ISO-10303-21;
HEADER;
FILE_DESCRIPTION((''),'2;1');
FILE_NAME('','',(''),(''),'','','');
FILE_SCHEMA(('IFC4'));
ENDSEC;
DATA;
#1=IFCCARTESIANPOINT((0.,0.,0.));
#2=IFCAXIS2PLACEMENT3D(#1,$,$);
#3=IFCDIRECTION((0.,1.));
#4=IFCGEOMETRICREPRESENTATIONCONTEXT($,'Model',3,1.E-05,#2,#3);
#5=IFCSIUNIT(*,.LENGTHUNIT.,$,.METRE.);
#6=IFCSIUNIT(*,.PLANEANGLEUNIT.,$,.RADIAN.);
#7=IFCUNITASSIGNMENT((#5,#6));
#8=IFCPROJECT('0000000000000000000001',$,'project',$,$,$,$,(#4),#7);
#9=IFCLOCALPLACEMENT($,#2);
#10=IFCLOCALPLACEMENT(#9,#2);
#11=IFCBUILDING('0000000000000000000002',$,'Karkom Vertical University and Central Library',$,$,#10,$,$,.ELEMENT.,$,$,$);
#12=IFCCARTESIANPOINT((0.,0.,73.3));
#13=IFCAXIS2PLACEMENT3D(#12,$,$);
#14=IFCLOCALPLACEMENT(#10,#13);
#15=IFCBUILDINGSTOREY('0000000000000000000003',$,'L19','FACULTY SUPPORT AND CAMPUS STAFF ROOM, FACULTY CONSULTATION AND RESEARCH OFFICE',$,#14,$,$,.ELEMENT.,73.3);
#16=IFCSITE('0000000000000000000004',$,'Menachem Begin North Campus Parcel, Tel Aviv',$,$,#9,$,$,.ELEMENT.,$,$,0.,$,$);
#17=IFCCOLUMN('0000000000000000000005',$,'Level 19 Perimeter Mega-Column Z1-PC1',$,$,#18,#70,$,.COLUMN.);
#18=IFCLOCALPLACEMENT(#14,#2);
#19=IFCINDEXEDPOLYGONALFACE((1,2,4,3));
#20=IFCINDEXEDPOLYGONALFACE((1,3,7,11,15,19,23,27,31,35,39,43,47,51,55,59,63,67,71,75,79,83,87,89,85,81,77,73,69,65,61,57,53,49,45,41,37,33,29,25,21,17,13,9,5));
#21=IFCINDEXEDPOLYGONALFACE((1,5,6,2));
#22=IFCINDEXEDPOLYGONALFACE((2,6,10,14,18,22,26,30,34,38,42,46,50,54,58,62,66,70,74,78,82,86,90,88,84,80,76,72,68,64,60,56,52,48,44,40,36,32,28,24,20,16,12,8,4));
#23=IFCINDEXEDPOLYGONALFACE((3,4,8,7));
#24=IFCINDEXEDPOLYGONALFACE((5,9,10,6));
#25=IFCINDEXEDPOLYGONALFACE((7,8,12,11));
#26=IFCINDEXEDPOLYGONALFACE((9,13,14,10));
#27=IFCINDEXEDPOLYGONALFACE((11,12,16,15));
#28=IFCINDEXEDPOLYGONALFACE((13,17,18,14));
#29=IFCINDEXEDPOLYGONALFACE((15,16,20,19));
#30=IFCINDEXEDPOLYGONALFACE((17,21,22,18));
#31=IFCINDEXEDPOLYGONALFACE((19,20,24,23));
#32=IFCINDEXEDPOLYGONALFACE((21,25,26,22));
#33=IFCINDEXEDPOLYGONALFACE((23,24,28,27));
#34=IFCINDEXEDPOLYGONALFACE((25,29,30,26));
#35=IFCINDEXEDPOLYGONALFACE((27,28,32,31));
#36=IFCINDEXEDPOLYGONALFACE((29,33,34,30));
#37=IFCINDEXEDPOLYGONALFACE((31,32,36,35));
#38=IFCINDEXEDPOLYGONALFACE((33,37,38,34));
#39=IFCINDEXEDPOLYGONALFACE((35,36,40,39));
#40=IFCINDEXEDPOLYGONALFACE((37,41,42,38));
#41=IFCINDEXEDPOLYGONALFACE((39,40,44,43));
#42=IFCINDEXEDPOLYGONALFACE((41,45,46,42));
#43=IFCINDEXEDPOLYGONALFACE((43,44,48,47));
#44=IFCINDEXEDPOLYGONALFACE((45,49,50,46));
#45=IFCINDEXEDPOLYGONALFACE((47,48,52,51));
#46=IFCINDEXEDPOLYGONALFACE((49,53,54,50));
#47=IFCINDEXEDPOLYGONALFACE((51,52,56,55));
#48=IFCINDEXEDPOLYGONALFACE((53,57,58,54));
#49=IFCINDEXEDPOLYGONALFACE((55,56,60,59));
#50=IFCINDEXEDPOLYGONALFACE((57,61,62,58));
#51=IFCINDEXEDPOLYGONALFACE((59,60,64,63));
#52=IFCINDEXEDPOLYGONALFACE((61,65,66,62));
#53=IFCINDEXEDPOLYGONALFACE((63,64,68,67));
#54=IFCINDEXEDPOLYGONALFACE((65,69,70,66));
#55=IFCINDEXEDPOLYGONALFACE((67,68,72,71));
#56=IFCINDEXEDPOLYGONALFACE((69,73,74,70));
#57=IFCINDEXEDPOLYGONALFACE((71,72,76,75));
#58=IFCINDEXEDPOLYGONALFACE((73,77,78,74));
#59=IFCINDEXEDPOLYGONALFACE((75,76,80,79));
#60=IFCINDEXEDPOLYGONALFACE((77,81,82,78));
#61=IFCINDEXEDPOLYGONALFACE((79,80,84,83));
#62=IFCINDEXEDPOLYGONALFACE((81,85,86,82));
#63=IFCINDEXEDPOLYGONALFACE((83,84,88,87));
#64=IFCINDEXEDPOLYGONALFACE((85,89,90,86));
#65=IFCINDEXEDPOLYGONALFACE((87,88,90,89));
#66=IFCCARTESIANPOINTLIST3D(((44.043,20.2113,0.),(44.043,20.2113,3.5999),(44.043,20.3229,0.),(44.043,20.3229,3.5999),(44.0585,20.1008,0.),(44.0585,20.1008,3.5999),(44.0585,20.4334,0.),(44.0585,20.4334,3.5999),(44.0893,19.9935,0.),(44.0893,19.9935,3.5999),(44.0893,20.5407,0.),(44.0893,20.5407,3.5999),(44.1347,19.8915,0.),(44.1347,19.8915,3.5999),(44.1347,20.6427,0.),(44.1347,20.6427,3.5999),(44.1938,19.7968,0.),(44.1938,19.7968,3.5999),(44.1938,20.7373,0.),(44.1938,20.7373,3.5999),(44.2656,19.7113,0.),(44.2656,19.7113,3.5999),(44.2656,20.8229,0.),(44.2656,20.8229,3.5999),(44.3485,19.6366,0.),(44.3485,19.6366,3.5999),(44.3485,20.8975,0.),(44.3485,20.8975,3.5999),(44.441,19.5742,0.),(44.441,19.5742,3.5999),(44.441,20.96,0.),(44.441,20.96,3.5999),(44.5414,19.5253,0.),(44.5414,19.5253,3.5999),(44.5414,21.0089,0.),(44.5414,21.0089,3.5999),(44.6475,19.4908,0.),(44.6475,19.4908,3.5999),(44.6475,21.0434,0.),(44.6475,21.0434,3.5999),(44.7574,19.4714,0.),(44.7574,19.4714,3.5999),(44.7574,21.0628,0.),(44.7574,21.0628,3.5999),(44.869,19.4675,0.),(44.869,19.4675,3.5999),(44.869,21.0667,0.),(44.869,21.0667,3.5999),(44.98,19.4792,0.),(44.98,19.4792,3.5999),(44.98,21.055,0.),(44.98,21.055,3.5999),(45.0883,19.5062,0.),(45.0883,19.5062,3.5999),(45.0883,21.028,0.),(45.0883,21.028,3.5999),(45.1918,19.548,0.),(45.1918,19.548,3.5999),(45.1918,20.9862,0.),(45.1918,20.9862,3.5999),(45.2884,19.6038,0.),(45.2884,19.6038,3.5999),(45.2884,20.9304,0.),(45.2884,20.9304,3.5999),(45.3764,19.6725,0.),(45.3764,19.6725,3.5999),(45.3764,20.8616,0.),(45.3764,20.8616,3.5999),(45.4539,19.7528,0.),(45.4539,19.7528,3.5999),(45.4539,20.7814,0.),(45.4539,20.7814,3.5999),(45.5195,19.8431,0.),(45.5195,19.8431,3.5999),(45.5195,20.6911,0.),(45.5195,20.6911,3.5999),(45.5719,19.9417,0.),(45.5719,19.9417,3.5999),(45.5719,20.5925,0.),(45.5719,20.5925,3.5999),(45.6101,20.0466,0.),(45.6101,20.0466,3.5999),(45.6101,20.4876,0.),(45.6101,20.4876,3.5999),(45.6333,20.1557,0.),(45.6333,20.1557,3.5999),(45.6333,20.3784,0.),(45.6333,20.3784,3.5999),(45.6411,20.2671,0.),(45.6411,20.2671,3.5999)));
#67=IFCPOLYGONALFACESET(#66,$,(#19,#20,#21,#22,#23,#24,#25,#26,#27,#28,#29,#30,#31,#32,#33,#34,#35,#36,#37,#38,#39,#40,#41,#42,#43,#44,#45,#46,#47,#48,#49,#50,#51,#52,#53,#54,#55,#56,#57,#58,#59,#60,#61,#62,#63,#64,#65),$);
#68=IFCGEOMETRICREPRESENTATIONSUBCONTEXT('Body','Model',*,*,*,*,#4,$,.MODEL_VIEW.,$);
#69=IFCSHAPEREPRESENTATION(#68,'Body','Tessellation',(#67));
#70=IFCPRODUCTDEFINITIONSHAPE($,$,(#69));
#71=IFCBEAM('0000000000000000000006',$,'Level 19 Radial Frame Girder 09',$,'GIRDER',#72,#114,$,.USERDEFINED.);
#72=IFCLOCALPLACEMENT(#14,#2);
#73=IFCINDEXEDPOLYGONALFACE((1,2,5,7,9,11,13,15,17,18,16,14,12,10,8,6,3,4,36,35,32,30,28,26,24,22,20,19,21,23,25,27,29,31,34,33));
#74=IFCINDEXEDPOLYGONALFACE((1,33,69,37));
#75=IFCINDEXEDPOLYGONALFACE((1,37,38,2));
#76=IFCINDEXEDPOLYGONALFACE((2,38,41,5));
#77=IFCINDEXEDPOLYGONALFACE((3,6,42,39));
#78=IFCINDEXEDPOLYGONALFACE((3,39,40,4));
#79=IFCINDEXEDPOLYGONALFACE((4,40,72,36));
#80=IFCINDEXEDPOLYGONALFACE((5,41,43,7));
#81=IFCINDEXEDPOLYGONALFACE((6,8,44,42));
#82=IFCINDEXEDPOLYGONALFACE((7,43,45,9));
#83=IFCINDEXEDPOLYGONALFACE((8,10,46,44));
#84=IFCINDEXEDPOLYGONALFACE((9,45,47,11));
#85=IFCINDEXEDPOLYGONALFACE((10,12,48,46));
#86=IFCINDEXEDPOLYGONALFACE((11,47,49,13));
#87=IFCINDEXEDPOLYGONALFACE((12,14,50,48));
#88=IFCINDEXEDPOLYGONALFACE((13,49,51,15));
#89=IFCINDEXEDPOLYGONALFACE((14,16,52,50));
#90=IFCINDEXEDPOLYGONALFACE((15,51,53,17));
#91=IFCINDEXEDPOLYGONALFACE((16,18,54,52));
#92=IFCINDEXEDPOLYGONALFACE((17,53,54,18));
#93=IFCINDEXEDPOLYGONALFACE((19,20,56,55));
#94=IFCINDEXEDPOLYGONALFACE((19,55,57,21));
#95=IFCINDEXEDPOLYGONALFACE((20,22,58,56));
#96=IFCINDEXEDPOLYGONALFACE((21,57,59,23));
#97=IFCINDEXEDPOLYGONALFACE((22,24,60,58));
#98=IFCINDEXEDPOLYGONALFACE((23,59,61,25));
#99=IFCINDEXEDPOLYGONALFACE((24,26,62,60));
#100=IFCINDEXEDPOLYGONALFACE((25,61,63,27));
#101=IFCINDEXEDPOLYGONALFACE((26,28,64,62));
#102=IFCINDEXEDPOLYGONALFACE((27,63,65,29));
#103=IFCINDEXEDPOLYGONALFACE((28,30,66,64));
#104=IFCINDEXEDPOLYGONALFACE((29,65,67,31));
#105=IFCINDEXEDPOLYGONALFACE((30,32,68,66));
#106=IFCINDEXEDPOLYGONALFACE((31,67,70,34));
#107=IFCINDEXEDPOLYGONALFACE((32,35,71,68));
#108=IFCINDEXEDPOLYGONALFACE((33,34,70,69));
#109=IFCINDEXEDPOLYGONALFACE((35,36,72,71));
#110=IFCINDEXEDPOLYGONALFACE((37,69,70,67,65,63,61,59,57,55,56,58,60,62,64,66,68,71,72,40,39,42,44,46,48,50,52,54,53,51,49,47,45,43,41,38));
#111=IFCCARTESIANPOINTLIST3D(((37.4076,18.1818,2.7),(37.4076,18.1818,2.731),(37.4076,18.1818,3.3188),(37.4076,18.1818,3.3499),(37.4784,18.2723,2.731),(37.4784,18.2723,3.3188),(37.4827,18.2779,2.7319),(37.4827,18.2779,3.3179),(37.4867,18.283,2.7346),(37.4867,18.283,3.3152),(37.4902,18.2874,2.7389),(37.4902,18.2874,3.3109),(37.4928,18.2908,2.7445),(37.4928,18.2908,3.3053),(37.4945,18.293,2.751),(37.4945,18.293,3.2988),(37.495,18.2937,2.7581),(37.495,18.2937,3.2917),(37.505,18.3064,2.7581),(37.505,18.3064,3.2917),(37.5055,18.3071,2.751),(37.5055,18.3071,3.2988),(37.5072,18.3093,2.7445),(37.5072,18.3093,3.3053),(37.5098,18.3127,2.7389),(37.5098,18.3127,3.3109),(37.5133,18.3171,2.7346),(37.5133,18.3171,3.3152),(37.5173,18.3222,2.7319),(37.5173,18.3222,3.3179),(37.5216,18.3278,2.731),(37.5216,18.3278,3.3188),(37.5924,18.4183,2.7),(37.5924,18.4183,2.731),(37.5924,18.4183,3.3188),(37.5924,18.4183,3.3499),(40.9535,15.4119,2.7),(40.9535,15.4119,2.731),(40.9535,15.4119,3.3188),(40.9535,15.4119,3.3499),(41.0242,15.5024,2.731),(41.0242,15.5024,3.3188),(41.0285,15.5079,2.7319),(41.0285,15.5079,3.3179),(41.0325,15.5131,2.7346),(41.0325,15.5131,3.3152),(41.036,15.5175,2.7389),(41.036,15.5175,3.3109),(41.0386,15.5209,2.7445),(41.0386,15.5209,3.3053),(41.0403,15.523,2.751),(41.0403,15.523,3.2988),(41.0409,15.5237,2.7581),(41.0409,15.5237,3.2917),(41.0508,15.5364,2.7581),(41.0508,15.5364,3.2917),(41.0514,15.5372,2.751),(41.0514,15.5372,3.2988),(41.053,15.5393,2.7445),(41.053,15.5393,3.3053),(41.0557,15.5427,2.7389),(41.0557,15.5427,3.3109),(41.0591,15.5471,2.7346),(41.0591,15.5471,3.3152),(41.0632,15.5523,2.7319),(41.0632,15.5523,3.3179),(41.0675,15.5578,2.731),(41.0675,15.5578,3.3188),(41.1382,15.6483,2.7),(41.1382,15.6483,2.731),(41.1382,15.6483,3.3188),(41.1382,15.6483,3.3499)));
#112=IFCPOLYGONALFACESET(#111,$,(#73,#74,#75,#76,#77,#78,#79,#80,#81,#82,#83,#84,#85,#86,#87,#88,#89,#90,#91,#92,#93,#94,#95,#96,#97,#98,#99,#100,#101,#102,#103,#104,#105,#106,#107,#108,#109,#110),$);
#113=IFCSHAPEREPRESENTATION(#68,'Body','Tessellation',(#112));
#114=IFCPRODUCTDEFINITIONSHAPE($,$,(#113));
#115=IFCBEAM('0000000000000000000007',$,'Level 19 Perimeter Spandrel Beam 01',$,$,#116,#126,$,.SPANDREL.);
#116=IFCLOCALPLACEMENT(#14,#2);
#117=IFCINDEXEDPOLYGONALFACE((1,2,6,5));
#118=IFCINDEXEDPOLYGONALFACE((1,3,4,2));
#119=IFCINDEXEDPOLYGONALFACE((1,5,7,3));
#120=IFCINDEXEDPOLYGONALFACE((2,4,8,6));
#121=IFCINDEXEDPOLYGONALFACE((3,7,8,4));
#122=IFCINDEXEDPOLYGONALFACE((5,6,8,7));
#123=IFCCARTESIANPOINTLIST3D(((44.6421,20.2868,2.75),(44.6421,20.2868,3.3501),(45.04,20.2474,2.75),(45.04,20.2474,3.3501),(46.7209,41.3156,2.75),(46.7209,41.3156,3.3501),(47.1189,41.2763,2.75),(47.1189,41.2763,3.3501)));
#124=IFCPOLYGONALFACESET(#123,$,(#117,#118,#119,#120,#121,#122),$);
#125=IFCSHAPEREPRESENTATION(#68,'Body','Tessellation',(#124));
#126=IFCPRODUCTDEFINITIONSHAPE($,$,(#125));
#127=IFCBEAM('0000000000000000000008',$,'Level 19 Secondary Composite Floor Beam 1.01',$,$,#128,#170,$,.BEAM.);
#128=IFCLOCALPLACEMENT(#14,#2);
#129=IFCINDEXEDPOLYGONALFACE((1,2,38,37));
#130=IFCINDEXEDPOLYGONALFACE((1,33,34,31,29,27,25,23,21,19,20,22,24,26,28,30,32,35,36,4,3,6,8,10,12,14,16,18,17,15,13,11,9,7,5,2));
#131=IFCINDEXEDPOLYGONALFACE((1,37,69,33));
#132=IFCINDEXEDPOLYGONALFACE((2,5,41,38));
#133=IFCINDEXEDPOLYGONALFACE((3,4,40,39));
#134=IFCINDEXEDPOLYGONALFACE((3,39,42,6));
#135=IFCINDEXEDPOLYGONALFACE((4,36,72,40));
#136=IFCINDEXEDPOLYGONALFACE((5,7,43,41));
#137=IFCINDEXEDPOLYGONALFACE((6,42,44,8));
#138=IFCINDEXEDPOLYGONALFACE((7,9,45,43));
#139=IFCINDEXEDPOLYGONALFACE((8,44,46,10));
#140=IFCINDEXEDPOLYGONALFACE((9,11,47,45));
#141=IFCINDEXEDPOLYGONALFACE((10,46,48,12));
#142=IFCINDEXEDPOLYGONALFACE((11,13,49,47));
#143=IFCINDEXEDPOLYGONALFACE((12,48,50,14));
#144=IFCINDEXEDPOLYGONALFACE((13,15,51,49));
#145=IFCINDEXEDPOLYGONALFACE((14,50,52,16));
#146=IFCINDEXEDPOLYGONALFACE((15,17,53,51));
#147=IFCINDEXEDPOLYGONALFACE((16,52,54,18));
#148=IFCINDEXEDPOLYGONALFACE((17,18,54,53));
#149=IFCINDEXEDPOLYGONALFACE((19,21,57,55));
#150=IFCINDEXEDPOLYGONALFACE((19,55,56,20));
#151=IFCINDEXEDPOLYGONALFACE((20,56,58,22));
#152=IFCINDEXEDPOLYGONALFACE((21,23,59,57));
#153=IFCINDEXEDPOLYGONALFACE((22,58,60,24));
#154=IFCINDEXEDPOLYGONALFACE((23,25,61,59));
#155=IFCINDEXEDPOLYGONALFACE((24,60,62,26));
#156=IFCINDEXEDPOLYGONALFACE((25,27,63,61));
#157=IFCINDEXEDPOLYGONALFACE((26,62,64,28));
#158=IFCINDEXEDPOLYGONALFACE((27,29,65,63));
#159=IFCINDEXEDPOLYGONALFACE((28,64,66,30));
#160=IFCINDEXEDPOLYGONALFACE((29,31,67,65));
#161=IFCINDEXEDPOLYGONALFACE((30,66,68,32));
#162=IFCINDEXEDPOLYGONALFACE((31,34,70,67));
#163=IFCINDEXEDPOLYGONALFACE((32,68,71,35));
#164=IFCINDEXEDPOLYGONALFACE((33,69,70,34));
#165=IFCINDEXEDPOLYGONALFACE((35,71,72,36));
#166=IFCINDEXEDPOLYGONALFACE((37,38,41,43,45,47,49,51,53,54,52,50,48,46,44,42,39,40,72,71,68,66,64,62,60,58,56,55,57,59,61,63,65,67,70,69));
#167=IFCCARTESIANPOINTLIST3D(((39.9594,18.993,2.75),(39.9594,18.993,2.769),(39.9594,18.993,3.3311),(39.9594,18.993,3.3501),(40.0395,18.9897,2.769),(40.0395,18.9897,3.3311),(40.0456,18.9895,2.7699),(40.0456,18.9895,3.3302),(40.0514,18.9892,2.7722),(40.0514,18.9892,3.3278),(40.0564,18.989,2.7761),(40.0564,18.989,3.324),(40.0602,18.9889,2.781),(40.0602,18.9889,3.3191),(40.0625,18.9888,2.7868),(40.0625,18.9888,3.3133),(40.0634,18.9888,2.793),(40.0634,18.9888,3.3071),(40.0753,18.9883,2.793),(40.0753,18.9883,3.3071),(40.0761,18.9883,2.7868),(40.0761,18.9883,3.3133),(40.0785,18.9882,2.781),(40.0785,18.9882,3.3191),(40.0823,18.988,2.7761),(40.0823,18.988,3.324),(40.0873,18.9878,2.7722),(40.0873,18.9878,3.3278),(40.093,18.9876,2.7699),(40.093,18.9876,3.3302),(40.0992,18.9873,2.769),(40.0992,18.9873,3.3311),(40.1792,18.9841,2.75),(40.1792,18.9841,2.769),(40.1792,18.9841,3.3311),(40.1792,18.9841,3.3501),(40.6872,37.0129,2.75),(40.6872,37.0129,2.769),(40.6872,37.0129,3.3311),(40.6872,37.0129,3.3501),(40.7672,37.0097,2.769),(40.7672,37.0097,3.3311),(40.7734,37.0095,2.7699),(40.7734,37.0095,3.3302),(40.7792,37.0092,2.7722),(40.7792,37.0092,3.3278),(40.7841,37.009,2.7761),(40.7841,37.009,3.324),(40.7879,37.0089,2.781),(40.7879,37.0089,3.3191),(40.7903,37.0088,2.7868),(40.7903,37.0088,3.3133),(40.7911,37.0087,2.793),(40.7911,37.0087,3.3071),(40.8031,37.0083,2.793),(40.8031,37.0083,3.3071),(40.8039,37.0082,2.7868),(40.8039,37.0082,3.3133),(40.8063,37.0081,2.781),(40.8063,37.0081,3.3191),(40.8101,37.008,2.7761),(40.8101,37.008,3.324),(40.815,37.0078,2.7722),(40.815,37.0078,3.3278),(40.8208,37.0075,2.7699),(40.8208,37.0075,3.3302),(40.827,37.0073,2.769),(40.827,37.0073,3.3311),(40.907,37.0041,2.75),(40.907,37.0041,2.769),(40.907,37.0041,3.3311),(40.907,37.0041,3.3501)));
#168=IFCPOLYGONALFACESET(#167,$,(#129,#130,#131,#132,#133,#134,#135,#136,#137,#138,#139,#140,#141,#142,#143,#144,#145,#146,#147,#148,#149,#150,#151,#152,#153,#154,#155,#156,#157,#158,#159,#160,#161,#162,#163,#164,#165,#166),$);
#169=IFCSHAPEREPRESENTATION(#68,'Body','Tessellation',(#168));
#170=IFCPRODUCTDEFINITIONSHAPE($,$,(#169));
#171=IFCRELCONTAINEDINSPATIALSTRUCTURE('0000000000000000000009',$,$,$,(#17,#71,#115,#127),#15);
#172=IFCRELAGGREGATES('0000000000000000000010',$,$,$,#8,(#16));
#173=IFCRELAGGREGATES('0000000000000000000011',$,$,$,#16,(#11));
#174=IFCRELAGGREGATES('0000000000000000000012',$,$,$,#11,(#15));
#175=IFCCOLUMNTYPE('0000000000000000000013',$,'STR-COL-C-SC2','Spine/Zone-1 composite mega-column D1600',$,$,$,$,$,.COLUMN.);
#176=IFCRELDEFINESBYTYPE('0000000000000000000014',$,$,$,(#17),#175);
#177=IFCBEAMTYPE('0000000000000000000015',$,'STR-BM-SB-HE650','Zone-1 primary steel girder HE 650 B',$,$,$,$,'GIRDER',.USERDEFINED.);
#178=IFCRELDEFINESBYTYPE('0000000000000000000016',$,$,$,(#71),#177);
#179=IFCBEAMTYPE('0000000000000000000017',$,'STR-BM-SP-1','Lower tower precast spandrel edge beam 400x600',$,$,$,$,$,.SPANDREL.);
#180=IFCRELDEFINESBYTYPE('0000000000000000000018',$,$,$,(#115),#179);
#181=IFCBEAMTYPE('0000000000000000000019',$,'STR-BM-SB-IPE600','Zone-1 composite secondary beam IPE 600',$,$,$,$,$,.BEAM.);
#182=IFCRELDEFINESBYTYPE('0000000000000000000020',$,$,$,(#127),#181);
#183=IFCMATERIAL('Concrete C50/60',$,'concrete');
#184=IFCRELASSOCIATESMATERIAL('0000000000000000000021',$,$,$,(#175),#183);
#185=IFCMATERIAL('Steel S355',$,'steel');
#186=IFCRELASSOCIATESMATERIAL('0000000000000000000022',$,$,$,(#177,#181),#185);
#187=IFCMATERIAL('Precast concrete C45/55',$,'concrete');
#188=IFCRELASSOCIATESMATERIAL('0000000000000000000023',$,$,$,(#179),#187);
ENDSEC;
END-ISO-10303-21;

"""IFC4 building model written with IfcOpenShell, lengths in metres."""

from ifc_helpers import new_model, si_unit, direction, frame, origin, origin_with_axes, origin_2d, place, context, subcontext, project, spatial, rectangle, circle, i_section, extrude, source, transform, mapped, material, material_profile, profile_set, type_object, element, save


model = new_model("IFC4")

# Units and contexts
model_context = context("Model", 3, precision=1e-05, world=origin(), true_north=direction((0.0, 1.0)))
body_context = subcontext(model_context, "Body", "Model", "MODEL_VIEW")
ifc_project = project(units=[si_unit("LENGTHUNIT", "METRE"), si_unit("PLANEANGLEUNIT", "RADIAN")], contexts=[model_context])

# Site, building, storey
site_placement = place(None, origin())
site = spatial("IfcSite", under=ifc_project, at=site_placement, Name="Menachem Begin North Campus Parcel, Tel Aviv", CompositionType="ELEMENT", RefElevation=0.0)
building_placement = place(site_placement, origin())
building = spatial("IfcBuilding", under=site, at=building_placement, Name="Karkom Vertical University and Central Library", CompositionType="ELEMENT")
storey_placement = place(building_placement, frame((0.0, 0.0, 73.3)))
storey = spatial("IfcBuildingStorey", under=building, at=storey_placement, Name="L19", Description="FACULTY SUPPORT AND CAMPUS STAFF ROOM, FACULTY CONSULTATION AND RESEARCH OFFICE", CompositionType="ELEMENT", Elevation=73.3)

# Column
ifc_material_1 = material(Name="Concrete C50/60", Category="concrete")
ifc_material_profile_1 = material_profile(ifc_material_1, circle(Radius=0.8, at=origin_2d()), Name="CFT-D1600")
ifc_profile_set_1 = profile_set([ifc_material_profile_1], Name="Concrete C50/60")
column_type = type_object("IfcColumnType", Name="STR-COL-C-SC2", Description="Spine/Zone-1 composite mega-column D1600", PredefinedType="COLUMN", material=ifc_profile_set_1)
shared_shape_1 = source(origin_with_axes(), body_context, "Body", "SweptSolid", [
    extrude(circle(Radius=0.8, at=origin_2d()), origin(), (0.0, 0.0, 1.0), 3.5999),
])
column_placement = place(storey_placement, frame((44.8411, 20.2671, 0.0), z_axis=(0.0, 0.0, 1.0), x_axis=(1.0, 0.0, 0.0)))
element("IfcColumn", 1, at=column_placement, inside=storey, type_object=column_type, Name="Level 19 Perimeter Mega-Column Z1-PC1", PredefinedType="COLUMN", context=body_context, shape_type="MappedRepresentation", body=[
    mapped(shared_shape_1, transform((0.0, 0.0, 0.0), scale=1.0)),
])

# Beams
ifc_material_2 = material(Name="Steel S355", Category="steel")
ifc_material_profile_2 = material_profile(ifc_material_2, i_section(OverallWidth=0.3, OverallDepth=0.6499, WebThickness=0.0161, FlangeThickness=0.031, FilletRadius=0.0271, at=origin_2d()), Name="HE 650 B")
ifc_profile_set_2 = profile_set([ifc_material_profile_2], Name="Steel S355")
beam_type_1 = type_object("IfcBeamType", Name="STR-BM-SB-HE650", Description="Zone-1 primary steel girder HE 650 B", ElementType="GIRDER", PredefinedType="USERDEFINED", material=ifc_profile_set_2)
shared_shape_2 = source(origin_with_axes(), body_context, "Body", "SweptSolid", [
    extrude(i_section(OverallWidth=0.3, OverallDepth=0.6499, WebThickness=0.0161, FlangeThickness=0.031, FilletRadius=0.0271, at=origin_2d()), origin(), (0.0, 0.0, 1.0), 4.4995),
])
beam_1_placement = place(storey_placement, frame((37.5, 18.3, 3.0249), z_axis=(0.788047, -0.615615, 0.0), x_axis=(0.615615, 0.788047, 0.0)))
element("IfcBeam", 2, at=beam_1_placement, inside=storey, type_object=beam_type_1, Name="Level 19 Radial Frame Girder 09", ObjectType="GIRDER", PredefinedType="USERDEFINED", context=body_context, shape_type="MappedRepresentation", body=[
    mapped(shared_shape_2, transform((0.0, 0.0, 0.0), scale=1.0)),
])
ifc_material_3 = material(Name="Precast concrete C45/55", Category="concrete")
ifc_material_profile_3 = material_profile(ifc_material_3, rectangle(XDim=0.3999, YDim=0.6001, at=origin_2d()), Name="SPB-400x600")
ifc_profile_set_3 = profile_set([ifc_material_profile_3], Name="Precast concrete C45/55")
beam_type_2 = type_object("IfcBeamType", Name="STR-BM-SP-1", Description="Lower tower precast spandrel edge beam 400x600", PredefinedType="SPANDREL", material=ifc_profile_set_3)
shared_shape_3 = source(origin_with_axes(), body_context, "Body", "SweptSolid", [
    extrude(rectangle(XDim=0.3999, YDim=0.6001, at=origin_2d()), origin(), (0.0, 0.0, 1.0), 21.1313),
])
beam_2_placement = place(storey_placement, frame((44.8411, 20.2671, 3.05), z_axis=(0.098378, 0.995149, 0.0), x_axis=(-0.995149, 0.098378, 0.0)))
element("IfcBeam", 3, at=beam_2_placement, inside=storey, type_object=beam_type_2, Name="Level 19 Perimeter Spandrel Beam 01", PredefinedType="SPANDREL", context=body_context, shape_type="MappedRepresentation", body=[
    mapped(shared_shape_3, transform((0.0, 0.0, 0.0), scale=1.0)),
])
ifc_material_profile_4 = material_profile(ifc_material_2, i_section(OverallWidth=0.22, OverallDepth=0.6001, WebThickness=0.012, FlangeThickness=0.019, FilletRadius=0.0239, at=origin_2d()), Name="IPE 600")
ifc_profile_set_4 = profile_set([ifc_material_profile_4], Name="Steel S355")
beam_type_3 = type_object("IfcBeamType", Name="STR-BM-SB-IPE600", Description="Zone-1 composite secondary beam IPE 600", PredefinedType="BEAM", material=ifc_profile_set_4)
shared_shape_4 = source(origin_with_axes(), body_context, "Body", "SweptSolid", [
    extrude(i_section(OverallWidth=0.22, OverallDepth=0.6001, WebThickness=0.012, FlangeThickness=0.019, FilletRadius=0.0239, at=origin_2d()), origin(), (0.0, 0.0, 1.0), 18.0347),
])
beam_3_placement = place(storey_placement, frame((40.0693, 18.9885, 3.05), z_axis=(0.040355, 0.999185, 0.0), x_axis=(-0.999185, 0.040355, 0.0)))
element("IfcBeam", 4, at=beam_3_placement, inside=storey, type_object=beam_type_3, Name="Level 19 Secondary Composite Floor Beam 1.01", PredefinedType="BEAM", context=body_context, shape_type="MappedRepresentation", body=[
    mapped(shared_shape_4, transform((0.0, 0.0, 0.0), scale=1.0)),
])

save(model, "model.ifc")
